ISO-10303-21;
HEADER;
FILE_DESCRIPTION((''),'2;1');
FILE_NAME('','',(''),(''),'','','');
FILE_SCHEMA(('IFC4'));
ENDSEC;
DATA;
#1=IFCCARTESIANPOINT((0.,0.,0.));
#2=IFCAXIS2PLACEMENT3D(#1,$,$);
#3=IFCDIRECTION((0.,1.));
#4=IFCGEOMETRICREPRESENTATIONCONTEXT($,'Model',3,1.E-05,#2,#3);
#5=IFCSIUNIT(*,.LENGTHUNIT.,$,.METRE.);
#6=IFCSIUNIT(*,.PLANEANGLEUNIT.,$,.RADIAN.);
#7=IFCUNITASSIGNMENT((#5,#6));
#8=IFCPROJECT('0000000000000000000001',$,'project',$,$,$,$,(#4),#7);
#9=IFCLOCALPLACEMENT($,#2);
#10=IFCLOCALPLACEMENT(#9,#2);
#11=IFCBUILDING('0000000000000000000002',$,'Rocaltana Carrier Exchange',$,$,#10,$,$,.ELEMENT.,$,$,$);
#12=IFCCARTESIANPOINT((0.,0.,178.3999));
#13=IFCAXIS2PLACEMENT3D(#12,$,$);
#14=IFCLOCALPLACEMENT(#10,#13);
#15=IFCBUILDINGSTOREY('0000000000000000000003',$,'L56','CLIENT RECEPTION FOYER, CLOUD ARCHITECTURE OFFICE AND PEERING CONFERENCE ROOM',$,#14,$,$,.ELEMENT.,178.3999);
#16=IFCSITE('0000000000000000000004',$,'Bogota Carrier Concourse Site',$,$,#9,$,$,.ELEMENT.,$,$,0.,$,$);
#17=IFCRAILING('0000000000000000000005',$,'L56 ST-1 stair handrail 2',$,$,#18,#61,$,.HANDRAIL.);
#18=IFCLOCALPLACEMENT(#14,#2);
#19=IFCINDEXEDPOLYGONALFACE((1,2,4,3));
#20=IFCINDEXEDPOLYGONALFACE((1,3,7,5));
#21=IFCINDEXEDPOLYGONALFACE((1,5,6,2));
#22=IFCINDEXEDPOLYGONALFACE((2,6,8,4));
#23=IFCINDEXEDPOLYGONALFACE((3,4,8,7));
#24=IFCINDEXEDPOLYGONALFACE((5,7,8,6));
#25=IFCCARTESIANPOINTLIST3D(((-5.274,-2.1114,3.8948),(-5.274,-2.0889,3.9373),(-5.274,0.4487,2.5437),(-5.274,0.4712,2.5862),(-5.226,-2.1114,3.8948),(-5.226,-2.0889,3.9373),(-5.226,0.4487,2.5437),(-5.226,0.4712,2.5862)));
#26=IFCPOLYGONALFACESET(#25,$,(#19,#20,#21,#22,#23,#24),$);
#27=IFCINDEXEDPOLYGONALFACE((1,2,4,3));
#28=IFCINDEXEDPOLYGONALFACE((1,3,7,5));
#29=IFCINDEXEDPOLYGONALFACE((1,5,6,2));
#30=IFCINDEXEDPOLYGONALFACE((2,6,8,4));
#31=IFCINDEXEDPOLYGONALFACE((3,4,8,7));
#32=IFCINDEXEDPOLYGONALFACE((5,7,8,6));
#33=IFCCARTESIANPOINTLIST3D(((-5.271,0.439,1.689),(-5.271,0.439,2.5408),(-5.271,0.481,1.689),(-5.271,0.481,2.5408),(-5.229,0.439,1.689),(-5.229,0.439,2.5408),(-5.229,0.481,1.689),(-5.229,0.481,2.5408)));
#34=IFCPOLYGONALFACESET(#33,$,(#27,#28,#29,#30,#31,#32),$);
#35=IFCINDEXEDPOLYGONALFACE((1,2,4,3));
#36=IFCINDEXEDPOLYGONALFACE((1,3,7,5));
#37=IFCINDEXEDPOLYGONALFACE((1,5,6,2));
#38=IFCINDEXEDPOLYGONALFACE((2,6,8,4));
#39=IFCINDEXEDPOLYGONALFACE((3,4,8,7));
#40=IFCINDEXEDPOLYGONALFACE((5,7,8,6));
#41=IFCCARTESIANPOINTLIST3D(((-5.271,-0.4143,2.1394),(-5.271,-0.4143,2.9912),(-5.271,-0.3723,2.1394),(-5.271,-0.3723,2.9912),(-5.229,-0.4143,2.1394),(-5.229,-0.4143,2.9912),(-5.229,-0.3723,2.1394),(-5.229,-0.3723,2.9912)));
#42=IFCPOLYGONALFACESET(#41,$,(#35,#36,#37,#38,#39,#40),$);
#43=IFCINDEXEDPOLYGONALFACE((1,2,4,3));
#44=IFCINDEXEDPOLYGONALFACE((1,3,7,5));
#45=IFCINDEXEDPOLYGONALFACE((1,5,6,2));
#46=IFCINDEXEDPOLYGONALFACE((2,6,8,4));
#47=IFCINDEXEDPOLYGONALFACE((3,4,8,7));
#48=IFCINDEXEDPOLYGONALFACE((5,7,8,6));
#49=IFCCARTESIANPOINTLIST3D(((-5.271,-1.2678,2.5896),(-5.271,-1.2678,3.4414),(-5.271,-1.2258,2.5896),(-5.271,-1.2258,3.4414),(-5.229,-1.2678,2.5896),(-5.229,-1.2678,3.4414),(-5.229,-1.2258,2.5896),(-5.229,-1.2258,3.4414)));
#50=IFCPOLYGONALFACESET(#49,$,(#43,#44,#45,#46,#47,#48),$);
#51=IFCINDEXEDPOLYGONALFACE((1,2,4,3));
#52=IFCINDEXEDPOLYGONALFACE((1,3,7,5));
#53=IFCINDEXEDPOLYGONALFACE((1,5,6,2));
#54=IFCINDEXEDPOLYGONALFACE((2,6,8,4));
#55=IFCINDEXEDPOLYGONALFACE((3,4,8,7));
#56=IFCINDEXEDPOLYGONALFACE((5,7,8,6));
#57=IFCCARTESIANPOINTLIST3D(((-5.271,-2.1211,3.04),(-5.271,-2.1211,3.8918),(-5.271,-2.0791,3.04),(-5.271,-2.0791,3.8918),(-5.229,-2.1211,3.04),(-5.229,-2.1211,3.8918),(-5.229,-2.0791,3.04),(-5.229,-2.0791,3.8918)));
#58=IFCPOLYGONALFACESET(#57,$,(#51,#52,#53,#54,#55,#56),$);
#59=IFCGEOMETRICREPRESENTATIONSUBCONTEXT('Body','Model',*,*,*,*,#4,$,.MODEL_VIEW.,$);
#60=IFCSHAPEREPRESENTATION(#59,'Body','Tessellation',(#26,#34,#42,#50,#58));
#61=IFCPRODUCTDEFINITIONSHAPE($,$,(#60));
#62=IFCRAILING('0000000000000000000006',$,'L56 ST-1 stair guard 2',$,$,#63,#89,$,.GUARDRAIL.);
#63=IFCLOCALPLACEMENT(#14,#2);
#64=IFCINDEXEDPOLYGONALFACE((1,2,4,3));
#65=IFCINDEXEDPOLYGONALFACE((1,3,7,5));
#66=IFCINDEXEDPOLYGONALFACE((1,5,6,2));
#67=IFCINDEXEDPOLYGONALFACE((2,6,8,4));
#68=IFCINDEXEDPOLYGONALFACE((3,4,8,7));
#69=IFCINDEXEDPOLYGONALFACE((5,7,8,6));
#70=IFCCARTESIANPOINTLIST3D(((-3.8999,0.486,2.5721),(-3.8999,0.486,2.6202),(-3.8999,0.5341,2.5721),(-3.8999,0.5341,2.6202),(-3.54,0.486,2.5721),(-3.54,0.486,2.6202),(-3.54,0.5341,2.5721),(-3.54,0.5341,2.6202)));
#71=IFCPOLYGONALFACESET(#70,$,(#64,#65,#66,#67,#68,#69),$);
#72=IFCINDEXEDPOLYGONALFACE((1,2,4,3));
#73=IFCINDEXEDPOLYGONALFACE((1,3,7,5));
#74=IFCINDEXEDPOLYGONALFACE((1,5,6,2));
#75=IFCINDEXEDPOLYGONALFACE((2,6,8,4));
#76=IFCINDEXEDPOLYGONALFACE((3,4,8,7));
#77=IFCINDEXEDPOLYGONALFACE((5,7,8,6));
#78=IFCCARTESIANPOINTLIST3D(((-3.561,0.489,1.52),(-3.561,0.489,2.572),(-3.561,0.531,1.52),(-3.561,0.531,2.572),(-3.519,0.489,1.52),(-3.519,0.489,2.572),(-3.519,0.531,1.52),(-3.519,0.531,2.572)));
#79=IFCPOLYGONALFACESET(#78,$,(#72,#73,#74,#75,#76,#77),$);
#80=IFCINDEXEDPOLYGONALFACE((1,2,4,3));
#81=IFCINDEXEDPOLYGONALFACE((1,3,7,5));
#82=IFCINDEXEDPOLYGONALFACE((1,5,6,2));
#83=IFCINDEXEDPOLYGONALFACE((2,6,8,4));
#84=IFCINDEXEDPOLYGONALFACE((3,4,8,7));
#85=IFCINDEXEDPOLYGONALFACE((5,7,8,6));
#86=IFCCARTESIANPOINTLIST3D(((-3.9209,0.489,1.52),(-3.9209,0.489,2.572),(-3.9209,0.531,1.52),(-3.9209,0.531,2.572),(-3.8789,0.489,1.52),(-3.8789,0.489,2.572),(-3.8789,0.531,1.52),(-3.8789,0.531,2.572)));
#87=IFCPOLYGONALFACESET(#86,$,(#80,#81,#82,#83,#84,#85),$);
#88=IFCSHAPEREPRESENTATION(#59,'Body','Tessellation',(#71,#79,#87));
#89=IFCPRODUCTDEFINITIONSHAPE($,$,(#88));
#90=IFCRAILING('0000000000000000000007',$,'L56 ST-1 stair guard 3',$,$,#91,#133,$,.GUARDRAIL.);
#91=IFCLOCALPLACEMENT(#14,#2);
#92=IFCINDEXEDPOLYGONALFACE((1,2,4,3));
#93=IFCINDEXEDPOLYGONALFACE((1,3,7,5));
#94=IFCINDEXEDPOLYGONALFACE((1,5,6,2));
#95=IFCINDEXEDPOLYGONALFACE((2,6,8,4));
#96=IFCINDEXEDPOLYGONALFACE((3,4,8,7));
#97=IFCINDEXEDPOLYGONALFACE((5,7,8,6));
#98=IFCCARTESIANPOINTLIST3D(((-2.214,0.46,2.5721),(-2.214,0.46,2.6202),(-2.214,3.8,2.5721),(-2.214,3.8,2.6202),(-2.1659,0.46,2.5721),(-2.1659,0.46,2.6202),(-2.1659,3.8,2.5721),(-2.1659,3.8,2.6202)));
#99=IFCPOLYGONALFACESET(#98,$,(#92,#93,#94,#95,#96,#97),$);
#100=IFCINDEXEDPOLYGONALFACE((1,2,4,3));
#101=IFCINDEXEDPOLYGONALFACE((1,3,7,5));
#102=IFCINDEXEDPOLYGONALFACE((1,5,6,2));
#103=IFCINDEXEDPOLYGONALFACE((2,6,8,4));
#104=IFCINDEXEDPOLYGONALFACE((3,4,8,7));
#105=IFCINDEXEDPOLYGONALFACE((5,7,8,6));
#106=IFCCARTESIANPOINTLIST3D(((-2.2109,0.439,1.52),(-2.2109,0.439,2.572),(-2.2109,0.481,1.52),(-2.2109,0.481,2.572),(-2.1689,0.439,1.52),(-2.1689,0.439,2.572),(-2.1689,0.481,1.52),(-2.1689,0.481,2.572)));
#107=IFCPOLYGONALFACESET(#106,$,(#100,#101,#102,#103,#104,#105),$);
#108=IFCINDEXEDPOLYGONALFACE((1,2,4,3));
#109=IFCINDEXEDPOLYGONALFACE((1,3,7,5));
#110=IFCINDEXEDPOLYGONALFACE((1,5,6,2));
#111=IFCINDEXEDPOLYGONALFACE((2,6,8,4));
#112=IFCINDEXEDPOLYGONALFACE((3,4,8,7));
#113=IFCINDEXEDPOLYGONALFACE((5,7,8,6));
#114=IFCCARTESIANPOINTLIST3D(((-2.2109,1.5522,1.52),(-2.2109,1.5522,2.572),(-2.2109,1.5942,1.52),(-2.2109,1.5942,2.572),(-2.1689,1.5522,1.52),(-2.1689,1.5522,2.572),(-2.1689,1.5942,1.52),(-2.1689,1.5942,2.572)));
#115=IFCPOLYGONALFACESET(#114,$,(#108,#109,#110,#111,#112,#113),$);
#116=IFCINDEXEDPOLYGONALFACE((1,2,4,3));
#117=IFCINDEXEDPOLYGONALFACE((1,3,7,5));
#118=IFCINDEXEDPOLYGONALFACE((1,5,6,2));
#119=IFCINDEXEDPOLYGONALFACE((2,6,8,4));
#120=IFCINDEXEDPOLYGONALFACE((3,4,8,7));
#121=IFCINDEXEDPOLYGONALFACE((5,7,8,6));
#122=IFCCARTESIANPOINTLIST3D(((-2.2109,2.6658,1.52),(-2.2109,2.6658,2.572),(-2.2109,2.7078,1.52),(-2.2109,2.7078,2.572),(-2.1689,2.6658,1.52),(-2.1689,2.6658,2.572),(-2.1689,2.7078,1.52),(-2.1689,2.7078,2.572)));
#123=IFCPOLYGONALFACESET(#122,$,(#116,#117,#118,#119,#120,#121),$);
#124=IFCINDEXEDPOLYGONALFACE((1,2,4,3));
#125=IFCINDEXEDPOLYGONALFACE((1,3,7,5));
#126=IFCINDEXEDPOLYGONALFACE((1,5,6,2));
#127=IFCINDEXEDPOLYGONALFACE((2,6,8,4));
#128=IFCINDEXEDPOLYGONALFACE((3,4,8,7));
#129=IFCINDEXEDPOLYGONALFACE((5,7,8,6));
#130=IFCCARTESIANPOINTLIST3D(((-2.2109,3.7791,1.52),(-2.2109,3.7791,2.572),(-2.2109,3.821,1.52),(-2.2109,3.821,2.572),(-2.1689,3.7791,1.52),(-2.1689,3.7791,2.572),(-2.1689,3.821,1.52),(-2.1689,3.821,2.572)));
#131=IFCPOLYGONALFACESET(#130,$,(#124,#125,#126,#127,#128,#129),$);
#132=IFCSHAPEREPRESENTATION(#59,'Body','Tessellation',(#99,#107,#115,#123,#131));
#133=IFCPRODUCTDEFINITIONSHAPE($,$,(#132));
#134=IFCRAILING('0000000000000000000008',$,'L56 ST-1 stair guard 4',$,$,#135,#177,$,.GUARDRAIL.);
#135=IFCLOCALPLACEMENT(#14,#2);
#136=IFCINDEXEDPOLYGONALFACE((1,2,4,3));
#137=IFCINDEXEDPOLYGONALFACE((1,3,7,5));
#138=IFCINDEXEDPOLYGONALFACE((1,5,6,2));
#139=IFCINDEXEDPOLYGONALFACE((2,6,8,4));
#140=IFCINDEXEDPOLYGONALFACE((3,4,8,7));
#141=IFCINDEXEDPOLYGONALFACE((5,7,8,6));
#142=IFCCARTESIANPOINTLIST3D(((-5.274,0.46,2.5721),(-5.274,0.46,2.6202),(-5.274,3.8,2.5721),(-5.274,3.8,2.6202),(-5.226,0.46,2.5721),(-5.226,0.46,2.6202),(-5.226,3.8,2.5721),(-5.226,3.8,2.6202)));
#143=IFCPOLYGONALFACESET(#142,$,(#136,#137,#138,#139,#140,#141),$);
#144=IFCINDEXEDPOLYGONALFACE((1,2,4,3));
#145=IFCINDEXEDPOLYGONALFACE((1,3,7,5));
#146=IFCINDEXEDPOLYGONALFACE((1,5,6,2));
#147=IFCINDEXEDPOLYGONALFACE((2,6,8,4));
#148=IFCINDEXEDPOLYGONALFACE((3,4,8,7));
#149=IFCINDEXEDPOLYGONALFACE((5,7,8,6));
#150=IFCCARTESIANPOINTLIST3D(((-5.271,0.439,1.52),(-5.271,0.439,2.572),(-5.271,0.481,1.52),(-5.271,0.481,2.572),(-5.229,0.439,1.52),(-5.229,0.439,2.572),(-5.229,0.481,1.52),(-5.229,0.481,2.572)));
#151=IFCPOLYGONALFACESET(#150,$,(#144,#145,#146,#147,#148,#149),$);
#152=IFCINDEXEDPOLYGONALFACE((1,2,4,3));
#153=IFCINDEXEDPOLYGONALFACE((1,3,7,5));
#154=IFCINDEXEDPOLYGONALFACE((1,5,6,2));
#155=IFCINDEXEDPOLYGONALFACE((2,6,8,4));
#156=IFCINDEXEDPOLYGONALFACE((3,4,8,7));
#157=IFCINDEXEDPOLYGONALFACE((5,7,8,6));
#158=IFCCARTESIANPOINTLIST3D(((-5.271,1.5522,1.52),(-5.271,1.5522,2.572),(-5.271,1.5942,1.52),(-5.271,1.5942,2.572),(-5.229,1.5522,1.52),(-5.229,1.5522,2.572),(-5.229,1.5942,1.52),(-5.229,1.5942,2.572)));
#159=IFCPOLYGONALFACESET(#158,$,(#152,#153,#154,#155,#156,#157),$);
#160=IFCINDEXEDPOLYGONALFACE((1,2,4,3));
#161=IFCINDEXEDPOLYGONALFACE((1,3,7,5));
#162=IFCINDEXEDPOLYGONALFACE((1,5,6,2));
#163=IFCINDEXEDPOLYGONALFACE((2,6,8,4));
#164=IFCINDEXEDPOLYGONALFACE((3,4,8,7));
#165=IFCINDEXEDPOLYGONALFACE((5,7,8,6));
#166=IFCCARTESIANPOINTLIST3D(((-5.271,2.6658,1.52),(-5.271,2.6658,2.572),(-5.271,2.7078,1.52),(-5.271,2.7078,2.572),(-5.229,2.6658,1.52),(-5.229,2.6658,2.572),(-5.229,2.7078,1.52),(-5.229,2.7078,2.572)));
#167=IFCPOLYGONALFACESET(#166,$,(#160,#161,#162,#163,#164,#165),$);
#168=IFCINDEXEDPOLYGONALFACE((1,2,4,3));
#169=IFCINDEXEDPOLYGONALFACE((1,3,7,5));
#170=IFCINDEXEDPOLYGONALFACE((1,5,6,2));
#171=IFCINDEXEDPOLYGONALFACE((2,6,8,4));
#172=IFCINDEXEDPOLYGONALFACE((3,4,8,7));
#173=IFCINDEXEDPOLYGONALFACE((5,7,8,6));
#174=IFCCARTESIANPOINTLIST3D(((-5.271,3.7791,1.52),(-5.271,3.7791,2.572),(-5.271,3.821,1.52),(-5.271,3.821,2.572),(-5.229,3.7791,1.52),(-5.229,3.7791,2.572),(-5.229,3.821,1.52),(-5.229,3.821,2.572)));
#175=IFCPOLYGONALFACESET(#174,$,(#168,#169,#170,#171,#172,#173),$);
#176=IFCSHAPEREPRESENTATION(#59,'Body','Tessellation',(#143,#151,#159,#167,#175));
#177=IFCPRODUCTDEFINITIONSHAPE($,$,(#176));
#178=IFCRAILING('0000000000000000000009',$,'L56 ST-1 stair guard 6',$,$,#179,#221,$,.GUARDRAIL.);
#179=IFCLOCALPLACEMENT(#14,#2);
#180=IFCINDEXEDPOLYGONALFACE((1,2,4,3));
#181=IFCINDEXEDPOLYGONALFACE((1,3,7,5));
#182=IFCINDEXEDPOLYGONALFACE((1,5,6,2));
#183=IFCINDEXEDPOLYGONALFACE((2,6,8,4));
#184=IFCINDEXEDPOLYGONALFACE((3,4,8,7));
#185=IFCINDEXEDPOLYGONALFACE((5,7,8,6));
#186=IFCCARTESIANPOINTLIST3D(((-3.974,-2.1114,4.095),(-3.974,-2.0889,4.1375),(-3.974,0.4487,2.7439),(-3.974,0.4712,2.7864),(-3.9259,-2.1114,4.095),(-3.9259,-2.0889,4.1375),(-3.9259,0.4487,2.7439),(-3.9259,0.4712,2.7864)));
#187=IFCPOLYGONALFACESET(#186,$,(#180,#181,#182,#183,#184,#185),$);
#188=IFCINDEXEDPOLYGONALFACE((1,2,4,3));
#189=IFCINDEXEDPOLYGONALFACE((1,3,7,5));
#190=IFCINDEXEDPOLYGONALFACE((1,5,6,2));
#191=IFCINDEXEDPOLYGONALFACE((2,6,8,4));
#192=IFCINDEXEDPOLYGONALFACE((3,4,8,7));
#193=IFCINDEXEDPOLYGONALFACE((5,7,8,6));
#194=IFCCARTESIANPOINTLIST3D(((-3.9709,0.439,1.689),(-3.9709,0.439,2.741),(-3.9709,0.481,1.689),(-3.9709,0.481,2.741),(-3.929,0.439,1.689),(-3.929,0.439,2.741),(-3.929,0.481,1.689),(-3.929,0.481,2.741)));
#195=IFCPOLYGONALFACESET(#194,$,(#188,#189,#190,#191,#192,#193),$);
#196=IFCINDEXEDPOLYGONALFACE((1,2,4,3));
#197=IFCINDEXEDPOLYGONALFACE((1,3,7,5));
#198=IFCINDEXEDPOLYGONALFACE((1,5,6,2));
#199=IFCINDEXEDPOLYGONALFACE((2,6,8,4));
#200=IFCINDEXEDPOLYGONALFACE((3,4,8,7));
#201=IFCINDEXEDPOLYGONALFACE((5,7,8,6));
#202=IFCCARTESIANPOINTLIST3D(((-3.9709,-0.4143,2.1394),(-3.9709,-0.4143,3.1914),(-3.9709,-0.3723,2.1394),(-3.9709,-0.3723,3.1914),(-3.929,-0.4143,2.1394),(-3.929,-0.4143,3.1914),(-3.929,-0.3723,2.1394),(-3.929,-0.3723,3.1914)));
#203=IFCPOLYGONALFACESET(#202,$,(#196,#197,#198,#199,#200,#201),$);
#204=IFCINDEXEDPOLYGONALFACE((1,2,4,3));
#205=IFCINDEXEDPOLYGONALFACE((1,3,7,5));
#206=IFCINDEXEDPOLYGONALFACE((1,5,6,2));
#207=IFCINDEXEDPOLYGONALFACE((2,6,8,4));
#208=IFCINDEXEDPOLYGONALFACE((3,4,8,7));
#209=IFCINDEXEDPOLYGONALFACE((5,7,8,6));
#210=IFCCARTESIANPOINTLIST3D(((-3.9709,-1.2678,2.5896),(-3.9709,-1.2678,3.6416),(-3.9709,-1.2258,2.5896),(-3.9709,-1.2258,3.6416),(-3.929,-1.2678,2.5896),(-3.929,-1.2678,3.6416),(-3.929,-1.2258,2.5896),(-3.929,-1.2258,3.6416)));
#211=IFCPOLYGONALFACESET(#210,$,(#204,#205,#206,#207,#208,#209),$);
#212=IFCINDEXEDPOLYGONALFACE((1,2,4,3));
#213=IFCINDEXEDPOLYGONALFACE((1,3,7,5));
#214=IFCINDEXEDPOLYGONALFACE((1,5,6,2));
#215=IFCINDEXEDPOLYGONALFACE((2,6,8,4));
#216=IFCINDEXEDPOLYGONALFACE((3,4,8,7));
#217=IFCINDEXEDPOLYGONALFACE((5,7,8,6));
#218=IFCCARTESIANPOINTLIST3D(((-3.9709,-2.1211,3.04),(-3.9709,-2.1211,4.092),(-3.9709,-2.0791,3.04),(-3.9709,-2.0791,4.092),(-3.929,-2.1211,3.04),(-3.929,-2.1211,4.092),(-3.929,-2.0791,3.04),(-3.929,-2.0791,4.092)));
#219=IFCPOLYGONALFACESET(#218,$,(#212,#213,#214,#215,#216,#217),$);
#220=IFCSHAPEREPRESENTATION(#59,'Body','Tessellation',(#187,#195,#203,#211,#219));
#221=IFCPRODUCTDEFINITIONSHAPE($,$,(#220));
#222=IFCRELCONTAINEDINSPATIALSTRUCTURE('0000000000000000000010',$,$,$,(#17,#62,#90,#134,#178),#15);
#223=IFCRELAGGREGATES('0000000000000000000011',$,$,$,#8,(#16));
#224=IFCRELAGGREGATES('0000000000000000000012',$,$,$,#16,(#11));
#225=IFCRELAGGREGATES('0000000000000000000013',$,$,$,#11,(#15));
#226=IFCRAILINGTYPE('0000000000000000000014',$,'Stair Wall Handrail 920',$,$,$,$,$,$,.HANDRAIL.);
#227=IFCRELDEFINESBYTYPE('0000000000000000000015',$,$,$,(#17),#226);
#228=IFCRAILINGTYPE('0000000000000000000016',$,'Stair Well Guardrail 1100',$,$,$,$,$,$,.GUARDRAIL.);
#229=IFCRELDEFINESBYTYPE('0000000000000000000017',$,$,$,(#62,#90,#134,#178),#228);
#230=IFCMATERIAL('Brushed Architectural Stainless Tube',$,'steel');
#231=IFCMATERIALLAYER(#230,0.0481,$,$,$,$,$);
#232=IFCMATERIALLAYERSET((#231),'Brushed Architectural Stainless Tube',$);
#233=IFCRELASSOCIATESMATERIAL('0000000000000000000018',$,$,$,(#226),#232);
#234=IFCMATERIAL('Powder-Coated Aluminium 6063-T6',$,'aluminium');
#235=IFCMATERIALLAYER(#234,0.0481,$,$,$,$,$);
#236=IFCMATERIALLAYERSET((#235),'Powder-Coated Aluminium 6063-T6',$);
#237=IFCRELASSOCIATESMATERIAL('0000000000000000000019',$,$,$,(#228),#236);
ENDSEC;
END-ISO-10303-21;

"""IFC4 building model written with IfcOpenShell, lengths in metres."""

from ifc_helpers import new_model, si_unit, direction, frame, origin, origin_2d, place, context, subcontext, project, spatial, rectangle, extrude, material, layer, layer_set, type_object, element, save


model = new_model("IFC4")

# Units and contexts
model_context = context("Model", 3, precision=1e-05, world=origin(), true_north=direction((0.0, 1.0)))
body_context = subcontext(model_context, "Body", "Model", "MODEL_VIEW")
ifc_project = project(units=[si_unit("LENGTHUNIT", "METRE"), si_unit("PLANEANGLEUNIT", "RADIAN")], contexts=[model_context])

# Site, building, storey
site_placement = place(None, origin())
site = spatial("IfcSite", under=ifc_project, at=site_placement, Name="Bogota Carrier Concourse Site", CompositionType="ELEMENT", RefElevation=0.0)
building_placement = place(site_placement, origin())
building = spatial("IfcBuilding", under=site, at=building_placement, Name="Rocaltana Carrier Exchange", CompositionType="ELEMENT")
storey_placement = place(building_placement, frame((0.0, 0.0, 178.3999)))
storey = spatial("IfcBuildingStorey", under=building, at=storey_placement, Name="L56", Description="CLIENT RECEPTION FOYER, CLOUD ARCHITECTURE OFFICE AND PEERING CONFERENCE ROOM", CompositionType="ELEMENT", Elevation=178.3999)

# Railings
ifc_material_1 = material(Name="Brushed Architectural Stainless Tube", Category="steel")
ifc_layer_1 = layer(ifc_material_1, 0.0481)
ifc_layer_set_1 = layer_set([ifc_layer_1], Name="Brushed Architectural Stainless Tube")
railing_type_1 = type_object("IfcRailingType", Name="Stair Wall Handrail 920", PredefinedType="HANDRAIL", material=ifc_layer_set_1)
railing_1_placement = place(storey_placement, frame((-5.25, 0.46, 1.689)))
element("IfcRailing", 1, at=railing_1_placement, inside=storey, type_object=railing_type_1, Name="L56 ST-1 stair handrail 2", PredefinedType="HANDRAIL", context=body_context, shape_type="SweptSolid", body=[
    extrude(rectangle(XDim=0.0481, YDim=0.0481, at=origin_2d()), frame((0.0, 0.0, 0.876), z_axis=(0.0, -0.884394, 0.46674), x_axis=(1.0, 0.0, 0.0)), (0.0, 0.0, 1.0), 2.8948),
    extrude(rectangle(XDim=0.042, YDim=0.042, at=origin_2d()), origin(), (0.0, 0.0, 1.0), 0.8518),
    extrude(rectangle(XDim=0.042, YDim=0.042, at=origin_2d()), frame((0.0, -0.8533, 0.4504)), (0.0, 0.0, 1.0), 0.8518),
    extrude(rectangle(XDim=0.042, YDim=0.042, at=origin_2d()), frame((0.0, -1.7068, 0.9006)), (0.0, 0.0, 1.0), 0.8518),
    extrude(rectangle(XDim=0.042, YDim=0.042, at=origin_2d()), frame((0.0, -2.5601, 1.3511)), (0.0, 0.0, 1.0), 0.8518),
])
ifc_material_2 = material(Name="Powder-Coated Aluminium 6063-T6", Category="aluminium")
ifc_layer_2 = layer(ifc_material_2, 0.0481)
ifc_layer_set_2 = layer_set([ifc_layer_2], Name="Powder-Coated Aluminium 6063-T6")
railing_type_2 = type_object("IfcRailingType", Name="Stair Well Guardrail 1100", PredefinedType="GUARDRAIL", material=ifc_layer_set_2)
railing_2_placement = place(storey_placement, frame((-3.54, 0.51, 1.52)))
element("IfcRailing", 2, at=railing_2_placement, inside=storey, type_object=railing_type_2, Name="L56 ST-1 stair guard 2", PredefinedType="GUARDRAIL", context=body_context, shape_type="SweptSolid", body=[
    extrude(rectangle(XDim=0.0481, YDim=0.0481, at=origin_2d()), frame((0.0, 0.0, 1.0762), z_axis=(-1.0, 0.0, 0.0), x_axis=(0.0, -1.0, 0.0)), (0.0, 0.0, 1.0), 0.3599),
    extrude(rectangle(XDim=0.042, YDim=0.042, at=origin_2d()), origin(), (0.0, 0.0, 1.0), 1.052),
    extrude(rectangle(XDim=0.042, YDim=0.042, at=origin_2d()), frame((-0.3599, 0.0, 0.0)), (0.0, 0.0, 1.0), 1.052),
])
for number, where, name in (
    (3, (-2.1899, 0.46, 1.52), "L56 ST-1 stair guard 3"),
    (4, (-5.25, 0.46, 1.52), "L56 ST-1 stair guard 4"),
):
    element("IfcRailing", number, at=place(storey_placement, frame(where)), inside=storey, type_object=railing_type_2, Name=name, PredefinedType="GUARDRAIL", context=body_context, shape_type="SweptSolid", body=[
        extrude(rectangle(XDim=0.0481, YDim=0.0481, at=origin_2d()), frame((0.0, 0.0, 1.0762), z_axis=(0.0, 1.0, 0.0), x_axis=(-1.0, 0.0, 0.0)), (0.0, 0.0, 1.0), 3.3401),
        extrude(rectangle(XDim=0.042, YDim=0.042, at=origin_2d()), origin(), (0.0, 0.0, 1.0), 1.052),
        extrude(rectangle(XDim=0.042, YDim=0.042, at=origin_2d()), frame((0.0, 1.1133, 0.0)), (0.0, 0.0, 1.0), 1.052),
        extrude(rectangle(XDim=0.042, YDim=0.042, at=origin_2d()), frame((0.0, 2.2268, 0.0)), (0.0, 0.0, 1.0), 1.052),
        extrude(rectangle(XDim=0.042, YDim=0.042, at=origin_2d()), frame((0.0, 3.3401, 0.0)), (0.0, 0.0, 1.0), 1.052),
    ])
railing_3_placement = place(storey_placement, frame((-3.95, 0.46, 1.689)))
element("IfcRailing", 5, at=railing_3_placement, inside=storey, type_object=railing_type_2, Name="L56 ST-1 stair guard 6", PredefinedType="GUARDRAIL", context=body_context, shape_type="SweptSolid", body=[
    extrude(rectangle(XDim=0.0481, YDim=0.0481, at=origin_2d()), frame((0.0, 0.0, 1.0762), z_axis=(0.0, -0.884394, 0.46674), x_axis=(1.0, 0.0, 0.0)), (0.0, 0.0, 1.0), 2.8948),
    extrude(rectangle(XDim=0.042, YDim=0.042, at=origin_2d()), origin(), (0.0, 0.0, 1.0), 1.052),
    extrude(rectangle(XDim=0.042, YDim=0.042, at=origin_2d()), frame((0.0, -0.8533, 0.4504)), (0.0, 0.0, 1.0), 1.052),
    extrude(rectangle(XDim=0.042, YDim=0.042, at=origin_2d()), frame((0.0, -1.7068, 0.9006)), (0.0, 0.0, 1.0), 1.052),
    extrude(rectangle(XDim=0.042, YDim=0.042, at=origin_2d()), frame((0.0, -2.5601, 1.3511)), (0.0, 0.0, 1.0), 1.052),
])

save(model, "model.ifc")
